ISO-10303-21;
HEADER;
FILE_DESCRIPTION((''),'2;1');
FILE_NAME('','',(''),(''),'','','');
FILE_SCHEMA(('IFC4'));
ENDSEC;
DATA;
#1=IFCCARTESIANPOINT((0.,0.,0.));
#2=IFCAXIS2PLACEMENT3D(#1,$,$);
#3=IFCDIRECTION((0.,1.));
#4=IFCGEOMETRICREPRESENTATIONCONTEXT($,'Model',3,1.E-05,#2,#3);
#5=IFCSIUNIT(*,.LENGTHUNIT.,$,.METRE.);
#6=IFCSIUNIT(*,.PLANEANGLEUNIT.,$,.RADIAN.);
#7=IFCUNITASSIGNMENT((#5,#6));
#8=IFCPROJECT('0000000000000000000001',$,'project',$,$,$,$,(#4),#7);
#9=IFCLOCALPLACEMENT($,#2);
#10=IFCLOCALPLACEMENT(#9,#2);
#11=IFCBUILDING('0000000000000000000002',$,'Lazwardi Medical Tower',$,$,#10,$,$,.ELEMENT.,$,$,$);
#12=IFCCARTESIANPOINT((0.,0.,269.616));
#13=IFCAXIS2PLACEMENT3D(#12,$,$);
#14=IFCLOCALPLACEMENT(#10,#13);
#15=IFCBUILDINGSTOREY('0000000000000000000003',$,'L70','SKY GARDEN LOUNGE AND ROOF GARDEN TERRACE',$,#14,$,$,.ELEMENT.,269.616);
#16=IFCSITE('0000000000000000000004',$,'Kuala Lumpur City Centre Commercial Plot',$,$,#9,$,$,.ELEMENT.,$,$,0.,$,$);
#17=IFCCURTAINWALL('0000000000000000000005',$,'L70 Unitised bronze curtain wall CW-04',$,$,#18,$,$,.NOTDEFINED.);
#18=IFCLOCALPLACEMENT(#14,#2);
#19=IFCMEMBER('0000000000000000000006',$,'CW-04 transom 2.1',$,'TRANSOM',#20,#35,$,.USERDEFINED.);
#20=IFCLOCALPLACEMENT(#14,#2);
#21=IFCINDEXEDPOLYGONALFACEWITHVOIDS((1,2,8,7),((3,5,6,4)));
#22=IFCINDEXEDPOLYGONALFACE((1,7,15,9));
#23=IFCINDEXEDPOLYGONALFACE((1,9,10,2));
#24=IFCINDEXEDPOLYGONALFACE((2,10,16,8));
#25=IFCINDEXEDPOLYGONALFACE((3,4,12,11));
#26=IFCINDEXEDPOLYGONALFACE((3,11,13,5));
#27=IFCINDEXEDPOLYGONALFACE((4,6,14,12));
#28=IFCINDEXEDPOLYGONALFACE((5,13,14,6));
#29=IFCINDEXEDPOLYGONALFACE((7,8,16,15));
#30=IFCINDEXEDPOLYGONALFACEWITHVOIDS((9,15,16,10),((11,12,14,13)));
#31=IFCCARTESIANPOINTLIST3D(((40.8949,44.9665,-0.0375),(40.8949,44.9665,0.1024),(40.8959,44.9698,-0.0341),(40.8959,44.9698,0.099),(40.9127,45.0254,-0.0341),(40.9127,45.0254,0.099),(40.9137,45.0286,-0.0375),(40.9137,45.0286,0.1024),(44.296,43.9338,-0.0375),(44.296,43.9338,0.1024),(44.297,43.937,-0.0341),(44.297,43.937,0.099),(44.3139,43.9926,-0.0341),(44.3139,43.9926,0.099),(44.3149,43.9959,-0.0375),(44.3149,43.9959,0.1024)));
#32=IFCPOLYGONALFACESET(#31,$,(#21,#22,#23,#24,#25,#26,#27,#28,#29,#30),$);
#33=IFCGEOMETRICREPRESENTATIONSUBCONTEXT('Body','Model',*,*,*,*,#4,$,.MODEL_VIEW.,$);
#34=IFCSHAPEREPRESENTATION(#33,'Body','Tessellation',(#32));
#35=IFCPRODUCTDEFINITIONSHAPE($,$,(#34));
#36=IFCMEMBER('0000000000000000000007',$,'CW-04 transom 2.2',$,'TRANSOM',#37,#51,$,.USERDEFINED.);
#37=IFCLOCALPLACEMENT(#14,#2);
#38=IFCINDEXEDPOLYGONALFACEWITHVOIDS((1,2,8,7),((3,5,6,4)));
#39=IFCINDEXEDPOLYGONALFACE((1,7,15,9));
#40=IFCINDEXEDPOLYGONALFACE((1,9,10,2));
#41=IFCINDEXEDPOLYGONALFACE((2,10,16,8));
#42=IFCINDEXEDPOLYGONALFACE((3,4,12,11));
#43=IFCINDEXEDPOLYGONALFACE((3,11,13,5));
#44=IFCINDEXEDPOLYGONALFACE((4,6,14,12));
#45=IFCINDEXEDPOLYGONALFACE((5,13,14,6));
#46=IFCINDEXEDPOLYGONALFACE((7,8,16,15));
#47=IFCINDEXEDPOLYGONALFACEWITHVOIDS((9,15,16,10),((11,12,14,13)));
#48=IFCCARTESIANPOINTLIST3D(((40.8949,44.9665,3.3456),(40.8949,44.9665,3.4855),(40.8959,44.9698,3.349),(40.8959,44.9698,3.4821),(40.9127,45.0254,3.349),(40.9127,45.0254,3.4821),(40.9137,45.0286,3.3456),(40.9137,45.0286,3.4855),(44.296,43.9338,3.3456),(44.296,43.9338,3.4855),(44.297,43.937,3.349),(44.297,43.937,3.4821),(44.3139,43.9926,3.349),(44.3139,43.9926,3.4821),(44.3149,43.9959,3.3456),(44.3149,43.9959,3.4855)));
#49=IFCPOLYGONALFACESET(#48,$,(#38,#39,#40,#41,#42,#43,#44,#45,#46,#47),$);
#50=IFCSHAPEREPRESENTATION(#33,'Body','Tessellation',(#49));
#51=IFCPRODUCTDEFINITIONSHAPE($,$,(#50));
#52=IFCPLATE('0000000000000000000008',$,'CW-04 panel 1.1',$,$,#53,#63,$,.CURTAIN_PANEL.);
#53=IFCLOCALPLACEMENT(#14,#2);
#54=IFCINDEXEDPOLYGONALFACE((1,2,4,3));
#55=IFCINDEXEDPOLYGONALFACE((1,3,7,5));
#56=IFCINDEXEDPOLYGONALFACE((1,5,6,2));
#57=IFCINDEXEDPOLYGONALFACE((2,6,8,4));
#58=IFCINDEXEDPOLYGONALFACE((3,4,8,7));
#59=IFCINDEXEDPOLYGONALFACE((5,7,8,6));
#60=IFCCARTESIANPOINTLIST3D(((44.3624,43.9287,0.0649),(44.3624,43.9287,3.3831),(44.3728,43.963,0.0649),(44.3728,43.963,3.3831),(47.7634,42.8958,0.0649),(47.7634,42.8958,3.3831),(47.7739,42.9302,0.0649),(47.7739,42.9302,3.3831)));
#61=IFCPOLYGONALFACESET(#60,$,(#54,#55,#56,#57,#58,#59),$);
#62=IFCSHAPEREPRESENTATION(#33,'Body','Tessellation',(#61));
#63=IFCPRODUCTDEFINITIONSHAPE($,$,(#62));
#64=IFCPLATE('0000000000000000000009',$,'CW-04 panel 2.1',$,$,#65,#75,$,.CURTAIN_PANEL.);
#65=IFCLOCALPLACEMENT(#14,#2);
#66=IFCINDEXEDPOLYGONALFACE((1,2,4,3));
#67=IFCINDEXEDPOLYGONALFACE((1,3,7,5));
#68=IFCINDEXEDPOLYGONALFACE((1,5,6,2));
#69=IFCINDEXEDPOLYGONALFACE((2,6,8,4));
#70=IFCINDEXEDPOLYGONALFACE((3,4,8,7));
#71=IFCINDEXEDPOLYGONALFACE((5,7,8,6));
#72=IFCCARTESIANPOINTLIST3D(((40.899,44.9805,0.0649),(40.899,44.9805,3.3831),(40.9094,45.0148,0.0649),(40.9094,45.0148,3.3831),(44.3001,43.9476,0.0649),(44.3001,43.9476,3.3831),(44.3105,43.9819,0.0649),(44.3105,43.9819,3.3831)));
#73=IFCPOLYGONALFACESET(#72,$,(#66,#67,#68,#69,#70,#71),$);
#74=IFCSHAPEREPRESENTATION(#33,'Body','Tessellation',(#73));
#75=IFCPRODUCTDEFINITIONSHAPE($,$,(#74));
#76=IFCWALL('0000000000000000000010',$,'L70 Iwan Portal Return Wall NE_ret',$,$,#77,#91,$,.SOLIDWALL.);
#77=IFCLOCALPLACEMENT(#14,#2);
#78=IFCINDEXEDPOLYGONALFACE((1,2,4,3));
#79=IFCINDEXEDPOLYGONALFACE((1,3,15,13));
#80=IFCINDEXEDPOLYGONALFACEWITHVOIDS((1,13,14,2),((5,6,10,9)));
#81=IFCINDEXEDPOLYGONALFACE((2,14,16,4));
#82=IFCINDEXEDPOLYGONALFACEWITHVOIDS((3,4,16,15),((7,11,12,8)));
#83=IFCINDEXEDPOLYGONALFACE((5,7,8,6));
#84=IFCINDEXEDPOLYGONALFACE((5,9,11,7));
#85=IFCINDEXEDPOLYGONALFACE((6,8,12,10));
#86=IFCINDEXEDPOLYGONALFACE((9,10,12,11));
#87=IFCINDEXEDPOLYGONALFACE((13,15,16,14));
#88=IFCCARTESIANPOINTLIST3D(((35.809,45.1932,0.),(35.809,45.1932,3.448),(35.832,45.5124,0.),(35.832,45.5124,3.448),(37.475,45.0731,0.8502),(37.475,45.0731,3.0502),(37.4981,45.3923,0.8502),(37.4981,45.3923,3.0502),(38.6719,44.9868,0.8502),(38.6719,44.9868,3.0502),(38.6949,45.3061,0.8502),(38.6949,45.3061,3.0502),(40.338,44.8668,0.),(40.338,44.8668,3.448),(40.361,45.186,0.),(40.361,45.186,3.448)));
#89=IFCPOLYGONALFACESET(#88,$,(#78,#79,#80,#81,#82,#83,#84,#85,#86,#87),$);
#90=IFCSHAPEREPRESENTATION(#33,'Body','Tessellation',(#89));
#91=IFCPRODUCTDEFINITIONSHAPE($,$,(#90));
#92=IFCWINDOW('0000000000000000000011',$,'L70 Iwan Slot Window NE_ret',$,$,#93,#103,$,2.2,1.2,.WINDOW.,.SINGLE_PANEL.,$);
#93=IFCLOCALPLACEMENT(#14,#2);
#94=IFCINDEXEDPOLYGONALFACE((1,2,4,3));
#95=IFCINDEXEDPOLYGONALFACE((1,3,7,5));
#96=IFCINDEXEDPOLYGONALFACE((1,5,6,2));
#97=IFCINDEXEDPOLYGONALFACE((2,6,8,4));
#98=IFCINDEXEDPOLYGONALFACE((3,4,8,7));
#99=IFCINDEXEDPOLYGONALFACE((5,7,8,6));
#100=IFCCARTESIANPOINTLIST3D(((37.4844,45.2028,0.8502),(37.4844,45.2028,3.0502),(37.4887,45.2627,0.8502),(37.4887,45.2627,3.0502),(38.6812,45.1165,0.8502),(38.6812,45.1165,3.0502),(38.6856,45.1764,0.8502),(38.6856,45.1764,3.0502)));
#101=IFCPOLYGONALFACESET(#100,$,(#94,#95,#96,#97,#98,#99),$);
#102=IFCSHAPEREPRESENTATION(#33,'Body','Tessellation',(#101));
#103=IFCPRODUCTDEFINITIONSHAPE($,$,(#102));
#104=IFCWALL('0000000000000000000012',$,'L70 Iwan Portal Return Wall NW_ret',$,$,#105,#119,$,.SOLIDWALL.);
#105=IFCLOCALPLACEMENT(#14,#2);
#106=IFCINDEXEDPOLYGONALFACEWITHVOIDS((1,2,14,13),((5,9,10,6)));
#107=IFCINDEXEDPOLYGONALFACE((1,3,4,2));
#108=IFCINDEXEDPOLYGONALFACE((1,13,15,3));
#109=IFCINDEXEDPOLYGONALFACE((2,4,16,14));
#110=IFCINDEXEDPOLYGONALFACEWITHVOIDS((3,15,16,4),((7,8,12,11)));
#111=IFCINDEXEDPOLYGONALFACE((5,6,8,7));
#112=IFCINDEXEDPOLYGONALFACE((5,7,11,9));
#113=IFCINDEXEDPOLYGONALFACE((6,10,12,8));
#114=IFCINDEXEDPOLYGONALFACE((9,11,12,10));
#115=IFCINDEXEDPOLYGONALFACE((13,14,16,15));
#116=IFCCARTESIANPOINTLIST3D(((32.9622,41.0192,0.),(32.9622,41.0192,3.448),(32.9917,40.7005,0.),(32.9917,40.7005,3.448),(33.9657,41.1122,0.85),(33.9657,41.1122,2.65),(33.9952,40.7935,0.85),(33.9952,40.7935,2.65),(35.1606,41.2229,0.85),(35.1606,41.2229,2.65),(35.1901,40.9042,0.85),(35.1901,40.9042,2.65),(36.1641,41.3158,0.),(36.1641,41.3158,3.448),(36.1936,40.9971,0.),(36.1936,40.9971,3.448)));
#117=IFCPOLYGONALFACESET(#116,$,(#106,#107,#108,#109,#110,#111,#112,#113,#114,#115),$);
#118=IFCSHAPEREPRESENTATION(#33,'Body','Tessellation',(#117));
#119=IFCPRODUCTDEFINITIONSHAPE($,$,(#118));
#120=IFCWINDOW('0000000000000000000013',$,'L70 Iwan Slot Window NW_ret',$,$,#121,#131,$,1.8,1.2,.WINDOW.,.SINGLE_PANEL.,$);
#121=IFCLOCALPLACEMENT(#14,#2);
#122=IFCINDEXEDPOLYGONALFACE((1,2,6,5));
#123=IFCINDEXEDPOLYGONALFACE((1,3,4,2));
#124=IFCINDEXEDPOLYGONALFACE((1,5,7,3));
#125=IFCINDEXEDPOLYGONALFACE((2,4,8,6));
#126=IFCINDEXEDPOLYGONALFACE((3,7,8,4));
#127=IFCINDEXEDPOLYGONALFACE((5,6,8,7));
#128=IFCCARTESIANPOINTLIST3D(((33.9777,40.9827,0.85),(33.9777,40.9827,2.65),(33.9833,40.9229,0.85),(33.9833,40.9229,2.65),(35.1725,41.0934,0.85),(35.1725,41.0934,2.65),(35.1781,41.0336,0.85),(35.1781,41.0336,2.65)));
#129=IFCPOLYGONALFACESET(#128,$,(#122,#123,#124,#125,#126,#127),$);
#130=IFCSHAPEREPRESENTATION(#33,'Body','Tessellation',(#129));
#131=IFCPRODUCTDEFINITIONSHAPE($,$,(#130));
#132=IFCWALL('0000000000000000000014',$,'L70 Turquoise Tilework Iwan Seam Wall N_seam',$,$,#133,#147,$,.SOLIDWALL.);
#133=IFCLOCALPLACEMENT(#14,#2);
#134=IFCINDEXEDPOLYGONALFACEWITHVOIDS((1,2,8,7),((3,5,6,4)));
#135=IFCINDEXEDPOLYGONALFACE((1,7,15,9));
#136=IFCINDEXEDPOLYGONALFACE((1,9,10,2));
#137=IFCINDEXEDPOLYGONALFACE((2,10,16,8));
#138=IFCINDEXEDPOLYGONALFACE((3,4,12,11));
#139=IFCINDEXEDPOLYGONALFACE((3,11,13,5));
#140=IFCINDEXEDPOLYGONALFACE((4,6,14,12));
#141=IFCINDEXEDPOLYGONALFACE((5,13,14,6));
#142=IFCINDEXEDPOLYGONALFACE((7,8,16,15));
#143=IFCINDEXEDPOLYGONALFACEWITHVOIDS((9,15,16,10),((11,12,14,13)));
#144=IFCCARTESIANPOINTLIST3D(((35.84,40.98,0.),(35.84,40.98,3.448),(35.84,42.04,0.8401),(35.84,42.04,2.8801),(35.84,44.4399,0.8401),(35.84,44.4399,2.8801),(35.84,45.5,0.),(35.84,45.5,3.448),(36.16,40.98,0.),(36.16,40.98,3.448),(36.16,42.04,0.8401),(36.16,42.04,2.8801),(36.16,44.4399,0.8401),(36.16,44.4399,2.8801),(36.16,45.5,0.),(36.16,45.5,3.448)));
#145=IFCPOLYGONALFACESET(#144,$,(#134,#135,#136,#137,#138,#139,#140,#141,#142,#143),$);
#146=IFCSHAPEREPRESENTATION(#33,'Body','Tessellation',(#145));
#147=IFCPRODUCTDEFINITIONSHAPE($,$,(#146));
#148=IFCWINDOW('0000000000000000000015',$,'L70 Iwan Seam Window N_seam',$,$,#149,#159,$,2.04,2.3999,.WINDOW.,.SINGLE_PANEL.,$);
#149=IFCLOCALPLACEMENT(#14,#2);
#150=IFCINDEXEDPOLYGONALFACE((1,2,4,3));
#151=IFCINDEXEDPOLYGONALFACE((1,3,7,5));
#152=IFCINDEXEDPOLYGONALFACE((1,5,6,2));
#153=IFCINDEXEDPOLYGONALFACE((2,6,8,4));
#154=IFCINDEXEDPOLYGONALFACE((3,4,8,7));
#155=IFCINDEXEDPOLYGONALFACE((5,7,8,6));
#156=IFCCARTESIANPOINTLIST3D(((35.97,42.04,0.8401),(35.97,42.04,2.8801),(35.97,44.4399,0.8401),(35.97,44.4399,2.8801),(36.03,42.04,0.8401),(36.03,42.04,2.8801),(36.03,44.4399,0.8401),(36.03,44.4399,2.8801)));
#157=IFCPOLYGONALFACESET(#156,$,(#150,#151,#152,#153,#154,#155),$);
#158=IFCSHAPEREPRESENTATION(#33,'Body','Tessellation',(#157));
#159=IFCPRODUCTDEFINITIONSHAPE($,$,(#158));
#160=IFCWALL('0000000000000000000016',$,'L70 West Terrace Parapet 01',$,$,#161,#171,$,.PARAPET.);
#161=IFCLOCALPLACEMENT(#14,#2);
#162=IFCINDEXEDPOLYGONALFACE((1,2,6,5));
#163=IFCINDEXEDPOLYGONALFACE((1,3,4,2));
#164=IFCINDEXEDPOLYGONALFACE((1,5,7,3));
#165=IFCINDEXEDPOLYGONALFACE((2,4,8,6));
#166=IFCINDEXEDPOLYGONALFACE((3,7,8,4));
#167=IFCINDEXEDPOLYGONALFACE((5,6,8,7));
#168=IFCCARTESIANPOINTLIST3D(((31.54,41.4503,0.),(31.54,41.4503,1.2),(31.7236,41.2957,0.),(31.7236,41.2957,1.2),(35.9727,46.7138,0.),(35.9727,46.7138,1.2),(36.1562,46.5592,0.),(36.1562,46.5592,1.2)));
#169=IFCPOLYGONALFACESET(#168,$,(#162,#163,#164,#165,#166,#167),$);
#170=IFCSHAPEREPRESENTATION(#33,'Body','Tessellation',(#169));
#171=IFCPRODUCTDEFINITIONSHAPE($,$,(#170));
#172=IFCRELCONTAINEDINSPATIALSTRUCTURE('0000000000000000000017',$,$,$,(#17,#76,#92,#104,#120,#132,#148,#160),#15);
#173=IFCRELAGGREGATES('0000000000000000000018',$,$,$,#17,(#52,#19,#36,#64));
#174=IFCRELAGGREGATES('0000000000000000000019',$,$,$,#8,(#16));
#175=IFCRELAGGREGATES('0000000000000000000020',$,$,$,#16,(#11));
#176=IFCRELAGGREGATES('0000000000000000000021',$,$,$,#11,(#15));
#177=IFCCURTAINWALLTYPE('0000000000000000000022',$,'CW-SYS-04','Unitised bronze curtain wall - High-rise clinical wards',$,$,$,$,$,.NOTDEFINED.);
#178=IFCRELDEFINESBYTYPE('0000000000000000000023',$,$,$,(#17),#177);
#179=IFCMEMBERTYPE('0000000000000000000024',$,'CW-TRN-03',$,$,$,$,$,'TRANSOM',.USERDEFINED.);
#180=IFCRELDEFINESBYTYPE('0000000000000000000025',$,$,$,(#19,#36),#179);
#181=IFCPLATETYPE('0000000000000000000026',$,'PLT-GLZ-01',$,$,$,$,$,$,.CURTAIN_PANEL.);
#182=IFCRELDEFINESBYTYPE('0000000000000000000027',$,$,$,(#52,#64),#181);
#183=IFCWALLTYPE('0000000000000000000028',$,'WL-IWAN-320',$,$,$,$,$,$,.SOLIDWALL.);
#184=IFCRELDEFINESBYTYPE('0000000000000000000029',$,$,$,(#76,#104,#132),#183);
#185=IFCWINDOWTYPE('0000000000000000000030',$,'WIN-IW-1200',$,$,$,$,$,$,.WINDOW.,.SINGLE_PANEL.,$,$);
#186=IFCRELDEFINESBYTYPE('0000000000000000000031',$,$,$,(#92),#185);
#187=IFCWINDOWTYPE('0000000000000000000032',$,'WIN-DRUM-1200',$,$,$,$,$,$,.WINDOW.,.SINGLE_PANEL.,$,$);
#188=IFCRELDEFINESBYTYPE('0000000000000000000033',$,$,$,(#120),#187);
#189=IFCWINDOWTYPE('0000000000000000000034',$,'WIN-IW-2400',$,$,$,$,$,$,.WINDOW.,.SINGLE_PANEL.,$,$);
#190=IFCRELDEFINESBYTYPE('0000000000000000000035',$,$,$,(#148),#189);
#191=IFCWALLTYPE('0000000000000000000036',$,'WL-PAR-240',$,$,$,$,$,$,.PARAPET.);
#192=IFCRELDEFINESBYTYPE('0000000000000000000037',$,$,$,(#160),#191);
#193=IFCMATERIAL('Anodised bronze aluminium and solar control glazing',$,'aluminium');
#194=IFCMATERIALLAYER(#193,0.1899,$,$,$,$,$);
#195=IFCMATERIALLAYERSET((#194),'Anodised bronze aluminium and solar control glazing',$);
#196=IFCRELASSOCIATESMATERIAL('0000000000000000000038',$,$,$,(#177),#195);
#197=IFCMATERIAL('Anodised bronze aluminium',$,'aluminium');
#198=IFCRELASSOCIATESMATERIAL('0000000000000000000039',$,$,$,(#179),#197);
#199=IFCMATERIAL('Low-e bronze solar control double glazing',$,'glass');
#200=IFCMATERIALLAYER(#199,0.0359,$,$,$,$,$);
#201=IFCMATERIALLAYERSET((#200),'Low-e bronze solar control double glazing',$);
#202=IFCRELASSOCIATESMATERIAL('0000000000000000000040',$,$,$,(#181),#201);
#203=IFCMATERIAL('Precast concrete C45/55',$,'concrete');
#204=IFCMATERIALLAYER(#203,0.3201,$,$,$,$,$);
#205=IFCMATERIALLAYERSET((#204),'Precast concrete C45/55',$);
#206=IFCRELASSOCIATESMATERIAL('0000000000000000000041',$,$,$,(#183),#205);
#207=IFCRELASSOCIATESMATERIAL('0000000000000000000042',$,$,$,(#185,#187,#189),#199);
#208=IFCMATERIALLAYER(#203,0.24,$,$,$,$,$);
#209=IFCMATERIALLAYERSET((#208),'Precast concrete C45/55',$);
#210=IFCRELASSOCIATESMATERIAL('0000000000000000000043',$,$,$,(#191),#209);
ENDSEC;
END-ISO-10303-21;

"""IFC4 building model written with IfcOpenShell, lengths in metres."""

from ifc_helpers import new_model, si_unit, direction, frame, frame_2d, origin, origin_2d, place, context, subcontext, project, spatial, rectangle, hollow_rectangle, extrude, material, layer, layer_set, material_profile, profile_set, type_object, element, fill, aggregate, save


model = new_model("IFC4")

# Units and contexts
model_context = context("Model", 3, precision=1e-05, world=origin(), true_north=direction((0.0, 1.0)))
body_context = subcontext(model_context, "Body", "Model", "MODEL_VIEW")
ifc_project = project(units=[si_unit("LENGTHUNIT", "METRE"), si_unit("PLANEANGLEUNIT", "RADIAN")], contexts=[model_context])

# Site, building, storey
site_placement = place(None, origin())
site = spatial("IfcSite", under=ifc_project, at=site_placement, Name="Kuala Lumpur City Centre Commercial Plot", CompositionType="ELEMENT", RefElevation=0.0)
building_placement = place(site_placement, origin())
building = spatial("IfcBuilding", under=site, at=building_placement, Name="Lazwardi Medical Tower", CompositionType="ELEMENT")
storey_placement = place(building_placement, frame((0.0, 0.0, 269.616)))
storey = spatial("IfcBuildingStorey", under=building, at=storey_placement, Name="L70", Description="SKY GARDEN LOUNGE AND ROOF GARDEN TERRACE", CompositionType="ELEMENT", Elevation=269.616)

# Curtain wall, members, plates
ifc_material_1 = material(Name="Anodised bronze aluminium and solar control glazing", Category="aluminium")
ifc_layer_1 = layer(ifc_material_1, 0.1899)
ifc_layer_set_1 = layer_set([ifc_layer_1], Name="Anodised bronze aluminium and solar control glazing")
curtain_wall_type = type_object("IfcCurtainWallType", Name="CW-SYS-04", Description="Unitised bronze curtain wall - High-rise clinical wards", PredefinedType="NOTDEFINED", material=ifc_layer_set_1)
curtain_wall_placement = place(storey_placement, origin())
curtain_wall = element("IfcCurtainWall", 1, at=curtain_wall_placement, inside=storey, type_object=curtain_wall_type, Name="L70 Unitised bronze curtain wall CW-04", PredefinedType="NOTDEFINED")
ifc_material_2 = material(Name="Anodised bronze aluminium", Category="aluminium")
ifc_material_profile_1 = material_profile(ifc_material_2, hollow_rectangle(XDim=0.0649, YDim=0.1399, WallThickness=0.0034, at=origin_2d()), Name="ALU-TRANSOM 140x65x3.5")
ifc_profile_set_1 = profile_set([ifc_material_profile_1], Name="Anodised bronze aluminium")
member_type_1 = type_object("IfcMemberType", Name="CW-TRN-03", ElementType="TRANSOM", PredefinedType="USERDEFINED", material=ifc_profile_set_1)
member_1_placement = place(storey_placement, frame((44.3054, 43.9648, 0.0325), z_axis=(-0.956863, 0.290541, 0.0), x_axis=(-0.290541, -0.956863, 0.0)))
member_1 = element("IfcMember", 2, at=member_1_placement, type_object=member_type_1, Name="CW-04 transom 2.1", ObjectType="TRANSOM", PredefinedType="USERDEFINED", context=body_context, shape_type="SweptSolid", body=[
    extrude(hollow_rectangle(XDim=0.0649, YDim=0.1399, WallThickness=0.0034, at=origin_2d()), origin(), (0.0, 0.0, 1.0), 3.5544),
])
member_2_placement = place(storey_placement, frame((44.3054, 43.9648, 3.4155), z_axis=(-0.956863, 0.290541, 0.0), x_axis=(-0.290541, -0.956863, 0.0)))
member_2 = element("IfcMember", 3, at=member_2_placement, type_object=member_type_1, Name="CW-04 transom 2.2", ObjectType="TRANSOM", PredefinedType="USERDEFINED", context=body_context, shape_type="SweptSolid", body=[
    extrude(hollow_rectangle(XDim=0.0649, YDim=0.1399, WallThickness=0.0034, at=origin_2d()), origin(), (0.0, 0.0, 1.0), 3.5544),
])
ifc_material_3 = material(Name="Low-e bronze solar control double glazing", Category="glass")
ifc_layer_2 = layer(ifc_material_3, 0.0359)
ifc_layer_set_2 = layer_set([ifc_layer_2], Name="Low-e bronze solar control double glazing")
plate_type = type_object("IfcPlateType", Name="PLT-GLZ-01", PredefinedType="CURTAIN_PANEL", material=ifc_layer_set_2)
plate_1_placement = place(storey_placement, frame((46.0681, 43.4294, 0.0649), z_axis=(0.0, 0.0, 1.0), x_axis=(-0.95685, 0.290582, 0.0)))
plate_1 = element("IfcPlate", 4, at=plate_1_placement, type_object=plate_type, Name="CW-04 panel 1.1", PredefinedType="CURTAIN_PANEL", context=body_context, shape_type="SweptSolid", body=[
    extrude(rectangle(XDim=3.5544, YDim=0.0359, at=origin_2d()), origin(), (0.0, 0.0, 1.0), 3.3181),
])
plate_2_placement = place(storey_placement, frame((42.6047, 44.4812, 0.0649), z_axis=(0.0, 0.0, 1.0), x_axis=(-0.95685, 0.290582, 0.0)))
plate_2 = element("IfcPlate", 5, at=plate_2_placement, type_object=plate_type, Name="CW-04 panel 2.1", PredefinedType="CURTAIN_PANEL", context=body_context, shape_type="SweptSolid", body=[
    extrude(rectangle(XDim=3.5544, YDim=0.0359, at=origin_2d()), origin(), (0.0, 0.0, 1.0), 3.3181),
])
aggregate(curtain_wall, [plate_1, member_1, member_2, plate_2])

# Walls, openings, windows
ifc_material_4 = material(Name="Precast concrete C45/55", Category="concrete")
ifc_layer_3 = layer(ifc_material_4, 0.3201)
ifc_layer_set_3 = layer_set([ifc_layer_3], Name="Precast concrete C45/55")
wall_type_1 = type_object("IfcWallType", Name="WL-IWAN-320", PredefinedType="SOLIDWALL", material=ifc_layer_set_3)
wall_1_placement = place(storey_placement, frame((40.3496, 45.0264, 0.0), z_axis=(0.0, 0.0, 1.0), x_axis=(-0.997413, 0.071885, 0.0)))
wall_1 = element("IfcWall", 6, at=wall_1_placement, inside=storey, type_object=wall_type_1, Name="L70 Iwan Portal Return Wall NE_ret", PredefinedType="SOLIDWALL", context=body_context, shape_type="SweptSolid", body=[
    extrude(rectangle(XDim=4.5408, YDim=0.3201, at=frame_2d((2.2705, 0.0))), origin(), (0.0, 0.0, 1.0), 3.448),
])
opening_1_placement = place(wall_1_placement, frame((1.6704, 0.0, 0.8501)))
opening_1 = element("IfcOpeningElement", 7, at=opening_1_placement, cuts=wall_1, PredefinedType="OPENING", context=body_context, shape_type="SweptSolid", body=[
    extrude(rectangle(XDim=1.2, YDim=2.2, at=frame_2d((0.6001, 1.1001))), frame((0.0, 0.1699, 0.0), z_axis=(0.0, -1.0, 0.0), x_axis=(1.0, 0.0, 0.0)), (0.0, 0.0, 1.0), 0.3401),
])
window_type_1 = type_object("IfcWindowType", Name="WIN-IW-1200", PartitioningType="SINGLE_PANEL", PredefinedType="WINDOW", material=ifc_material_3)
window_1_placement = place(opening_1_placement, origin())
window_1 = element("IfcWindow", 8, at=window_1_placement, inside=storey, type_object=window_type_1, Name="L70 Iwan Slot Window NE_ret", OverallHeight=2.2, OverallWidth=1.2, PartitioningType="SINGLE_PANEL", PredefinedType="WINDOW", context=body_context, shape_type="SweptSolid", body=[
    extrude(rectangle(XDim=1.2, YDim=2.2, at=frame_2d((0.6001, 1.1001))), frame((0.0, 0.03, 0.0), z_axis=(0.0, -1.0, 0.0), x_axis=(1.0, 0.0, 0.0)), (0.0, 0.0, 1.0), 0.0601),
])
fill(opening_1, window_1)
wall_2_placement = place(storey_placement, frame((36.179, 41.1565, 0.0), z_axis=(0.0, 0.0, 1.0), x_axis=(-0.995736, -0.092247, 0.0)))
wall_2 = element("IfcWall", 9, at=wall_2_placement, inside=storey, type_object=wall_type_1, Name="L70 Iwan Portal Return Wall NW_ret", PredefinedType="SOLIDWALL", context=body_context, shape_type="SweptSolid", body=[
    extrude(rectangle(XDim=3.2156, YDim=0.3201, at=frame_2d((1.6079, 0.0))), origin(), (0.0, 0.0, 1.0), 3.448),
])
opening_2_placement = place(wall_2_placement, frame((1.0078, 0.0, 0.8501)))
opening_2 = element("IfcOpeningElement", 10, at=opening_2_placement, cuts=wall_2, PredefinedType="OPENING", context=body_context, shape_type="SweptSolid", body=[
    extrude(rectangle(XDim=1.2, YDim=1.8, at=frame_2d((0.6001, 0.8999))), frame((0.0, 0.1699, 0.0), z_axis=(0.0, -1.0, 0.0), x_axis=(1.0, 0.0, 0.0)), (0.0, 0.0, 1.0), 0.3401),
])
window_type_2 = type_object("IfcWindowType", Name="WIN-DRUM-1200", PartitioningType="SINGLE_PANEL", PredefinedType="WINDOW", material=ifc_material_3)
window_2_placement = place(opening_2_placement, origin())
window_2 = element("IfcWindow", 11, at=window_2_placement, inside=storey, type_object=window_type_2, Name="L70 Iwan Slot Window NW_ret", OverallHeight=1.8, OverallWidth=1.2, PartitioningType="SINGLE_PANEL", PredefinedType="WINDOW", context=body_context, shape_type="SweptSolid", body=[
    extrude(rectangle(XDim=1.2, YDim=1.8, at=frame_2d((0.6001, 0.8999))), frame((0.0, 0.03, 0.0), z_axis=(0.0, -1.0, 0.0), x_axis=(1.0, 0.0, 0.0)), (0.0, 0.0, 1.0), 0.0601),
])
fill(opening_2, window_2)
wall_3_placement = place(storey_placement, frame((36.0, 45.5, 0.0), z_axis=(0.0, 0.0, 1.0), x_axis=(0.0, -1.0, 0.0)))
wall_3 = element("IfcWall", 12, at=wall_3_placement, inside=storey, type_object=wall_type_1, Name="L70 Turquoise Tilework Iwan Seam Wall N_seam", PredefinedType="SOLIDWALL", context=body_context, shape_type="SweptSolid", body=[
    extrude(rectangle(XDim=4.52, YDim=0.3201, at=frame_2d((2.26, 0.0))), origin(), (0.0, 0.0, 1.0), 3.448),
])
opening_3_placement = place(wall_3_placement, frame((1.0601, 0.0, 0.8401)))
opening_3 = element("IfcOpeningElement", 13, at=opening_3_placement, cuts=wall_3, PredefinedType="OPENING", context=body_context, shape_type="SweptSolid", body=[
    extrude(rectangle(XDim=2.3999, YDim=2.04, at=frame_2d((1.2, 1.02))), frame((0.0, 0.1699, 0.0), z_axis=(0.0, -1.0, 0.0), x_axis=(1.0, 0.0, 0.0)), (0.0, 0.0, 1.0), 0.3401),
])
window_type_3 = type_object("IfcWindowType", Name="WIN-IW-2400", PartitioningType="SINGLE_PANEL", PredefinedType="WINDOW", material=ifc_material_3)
window_3_placement = place(opening_3_placement, origin())
window_3 = element("IfcWindow", 14, at=window_3_placement, inside=storey, type_object=window_type_3, Name="L70 Iwan Seam Window N_seam", OverallHeight=2.04, OverallWidth=2.3999, PartitioningType="SINGLE_PANEL", PredefinedType="WINDOW", context=body_context, shape_type="SweptSolid", body=[
    extrude(rectangle(XDim=2.3999, YDim=2.04, at=frame_2d((1.2, 1.02))), frame((0.0, 0.03, 0.0), z_axis=(0.0, -1.0, 0.0), x_axis=(1.0, 0.0, 0.0)), (0.0, 0.0, 1.0), 0.0601),
])
fill(opening_3, window_3)

# Wall
ifc_layer_4 = layer(ifc_material_4, 0.24)
ifc_layer_set_4 = layer_set([ifc_layer_4], Name="Precast concrete C45/55")
wall_type_2 = type_object("IfcWallType", Name="WL-PAR-240", PredefinedType="PARAPET", material=ifc_layer_set_4)
wall_4_placement = place(storey_placement, frame((36.0645, 46.6365, 0.0), z_axis=(0.0, 0.0, 1.0), x_axis=(-0.644158, -0.764893, 0.0)))
element("IfcWall", 15, at=wall_4_placement, inside=storey, type_object=wall_type_2, Name="L70 West Terrace Parapet 01", PredefinedType="PARAPET", context=body_context, shape_type="SweptSolid", body=[
    extrude(rectangle(XDim=6.8813, YDim=0.24, at=frame_2d((3.4407, 0.0))), origin(), (0.0, 0.0, 1.0), 1.2),
])

save(model, "model.ifc")
